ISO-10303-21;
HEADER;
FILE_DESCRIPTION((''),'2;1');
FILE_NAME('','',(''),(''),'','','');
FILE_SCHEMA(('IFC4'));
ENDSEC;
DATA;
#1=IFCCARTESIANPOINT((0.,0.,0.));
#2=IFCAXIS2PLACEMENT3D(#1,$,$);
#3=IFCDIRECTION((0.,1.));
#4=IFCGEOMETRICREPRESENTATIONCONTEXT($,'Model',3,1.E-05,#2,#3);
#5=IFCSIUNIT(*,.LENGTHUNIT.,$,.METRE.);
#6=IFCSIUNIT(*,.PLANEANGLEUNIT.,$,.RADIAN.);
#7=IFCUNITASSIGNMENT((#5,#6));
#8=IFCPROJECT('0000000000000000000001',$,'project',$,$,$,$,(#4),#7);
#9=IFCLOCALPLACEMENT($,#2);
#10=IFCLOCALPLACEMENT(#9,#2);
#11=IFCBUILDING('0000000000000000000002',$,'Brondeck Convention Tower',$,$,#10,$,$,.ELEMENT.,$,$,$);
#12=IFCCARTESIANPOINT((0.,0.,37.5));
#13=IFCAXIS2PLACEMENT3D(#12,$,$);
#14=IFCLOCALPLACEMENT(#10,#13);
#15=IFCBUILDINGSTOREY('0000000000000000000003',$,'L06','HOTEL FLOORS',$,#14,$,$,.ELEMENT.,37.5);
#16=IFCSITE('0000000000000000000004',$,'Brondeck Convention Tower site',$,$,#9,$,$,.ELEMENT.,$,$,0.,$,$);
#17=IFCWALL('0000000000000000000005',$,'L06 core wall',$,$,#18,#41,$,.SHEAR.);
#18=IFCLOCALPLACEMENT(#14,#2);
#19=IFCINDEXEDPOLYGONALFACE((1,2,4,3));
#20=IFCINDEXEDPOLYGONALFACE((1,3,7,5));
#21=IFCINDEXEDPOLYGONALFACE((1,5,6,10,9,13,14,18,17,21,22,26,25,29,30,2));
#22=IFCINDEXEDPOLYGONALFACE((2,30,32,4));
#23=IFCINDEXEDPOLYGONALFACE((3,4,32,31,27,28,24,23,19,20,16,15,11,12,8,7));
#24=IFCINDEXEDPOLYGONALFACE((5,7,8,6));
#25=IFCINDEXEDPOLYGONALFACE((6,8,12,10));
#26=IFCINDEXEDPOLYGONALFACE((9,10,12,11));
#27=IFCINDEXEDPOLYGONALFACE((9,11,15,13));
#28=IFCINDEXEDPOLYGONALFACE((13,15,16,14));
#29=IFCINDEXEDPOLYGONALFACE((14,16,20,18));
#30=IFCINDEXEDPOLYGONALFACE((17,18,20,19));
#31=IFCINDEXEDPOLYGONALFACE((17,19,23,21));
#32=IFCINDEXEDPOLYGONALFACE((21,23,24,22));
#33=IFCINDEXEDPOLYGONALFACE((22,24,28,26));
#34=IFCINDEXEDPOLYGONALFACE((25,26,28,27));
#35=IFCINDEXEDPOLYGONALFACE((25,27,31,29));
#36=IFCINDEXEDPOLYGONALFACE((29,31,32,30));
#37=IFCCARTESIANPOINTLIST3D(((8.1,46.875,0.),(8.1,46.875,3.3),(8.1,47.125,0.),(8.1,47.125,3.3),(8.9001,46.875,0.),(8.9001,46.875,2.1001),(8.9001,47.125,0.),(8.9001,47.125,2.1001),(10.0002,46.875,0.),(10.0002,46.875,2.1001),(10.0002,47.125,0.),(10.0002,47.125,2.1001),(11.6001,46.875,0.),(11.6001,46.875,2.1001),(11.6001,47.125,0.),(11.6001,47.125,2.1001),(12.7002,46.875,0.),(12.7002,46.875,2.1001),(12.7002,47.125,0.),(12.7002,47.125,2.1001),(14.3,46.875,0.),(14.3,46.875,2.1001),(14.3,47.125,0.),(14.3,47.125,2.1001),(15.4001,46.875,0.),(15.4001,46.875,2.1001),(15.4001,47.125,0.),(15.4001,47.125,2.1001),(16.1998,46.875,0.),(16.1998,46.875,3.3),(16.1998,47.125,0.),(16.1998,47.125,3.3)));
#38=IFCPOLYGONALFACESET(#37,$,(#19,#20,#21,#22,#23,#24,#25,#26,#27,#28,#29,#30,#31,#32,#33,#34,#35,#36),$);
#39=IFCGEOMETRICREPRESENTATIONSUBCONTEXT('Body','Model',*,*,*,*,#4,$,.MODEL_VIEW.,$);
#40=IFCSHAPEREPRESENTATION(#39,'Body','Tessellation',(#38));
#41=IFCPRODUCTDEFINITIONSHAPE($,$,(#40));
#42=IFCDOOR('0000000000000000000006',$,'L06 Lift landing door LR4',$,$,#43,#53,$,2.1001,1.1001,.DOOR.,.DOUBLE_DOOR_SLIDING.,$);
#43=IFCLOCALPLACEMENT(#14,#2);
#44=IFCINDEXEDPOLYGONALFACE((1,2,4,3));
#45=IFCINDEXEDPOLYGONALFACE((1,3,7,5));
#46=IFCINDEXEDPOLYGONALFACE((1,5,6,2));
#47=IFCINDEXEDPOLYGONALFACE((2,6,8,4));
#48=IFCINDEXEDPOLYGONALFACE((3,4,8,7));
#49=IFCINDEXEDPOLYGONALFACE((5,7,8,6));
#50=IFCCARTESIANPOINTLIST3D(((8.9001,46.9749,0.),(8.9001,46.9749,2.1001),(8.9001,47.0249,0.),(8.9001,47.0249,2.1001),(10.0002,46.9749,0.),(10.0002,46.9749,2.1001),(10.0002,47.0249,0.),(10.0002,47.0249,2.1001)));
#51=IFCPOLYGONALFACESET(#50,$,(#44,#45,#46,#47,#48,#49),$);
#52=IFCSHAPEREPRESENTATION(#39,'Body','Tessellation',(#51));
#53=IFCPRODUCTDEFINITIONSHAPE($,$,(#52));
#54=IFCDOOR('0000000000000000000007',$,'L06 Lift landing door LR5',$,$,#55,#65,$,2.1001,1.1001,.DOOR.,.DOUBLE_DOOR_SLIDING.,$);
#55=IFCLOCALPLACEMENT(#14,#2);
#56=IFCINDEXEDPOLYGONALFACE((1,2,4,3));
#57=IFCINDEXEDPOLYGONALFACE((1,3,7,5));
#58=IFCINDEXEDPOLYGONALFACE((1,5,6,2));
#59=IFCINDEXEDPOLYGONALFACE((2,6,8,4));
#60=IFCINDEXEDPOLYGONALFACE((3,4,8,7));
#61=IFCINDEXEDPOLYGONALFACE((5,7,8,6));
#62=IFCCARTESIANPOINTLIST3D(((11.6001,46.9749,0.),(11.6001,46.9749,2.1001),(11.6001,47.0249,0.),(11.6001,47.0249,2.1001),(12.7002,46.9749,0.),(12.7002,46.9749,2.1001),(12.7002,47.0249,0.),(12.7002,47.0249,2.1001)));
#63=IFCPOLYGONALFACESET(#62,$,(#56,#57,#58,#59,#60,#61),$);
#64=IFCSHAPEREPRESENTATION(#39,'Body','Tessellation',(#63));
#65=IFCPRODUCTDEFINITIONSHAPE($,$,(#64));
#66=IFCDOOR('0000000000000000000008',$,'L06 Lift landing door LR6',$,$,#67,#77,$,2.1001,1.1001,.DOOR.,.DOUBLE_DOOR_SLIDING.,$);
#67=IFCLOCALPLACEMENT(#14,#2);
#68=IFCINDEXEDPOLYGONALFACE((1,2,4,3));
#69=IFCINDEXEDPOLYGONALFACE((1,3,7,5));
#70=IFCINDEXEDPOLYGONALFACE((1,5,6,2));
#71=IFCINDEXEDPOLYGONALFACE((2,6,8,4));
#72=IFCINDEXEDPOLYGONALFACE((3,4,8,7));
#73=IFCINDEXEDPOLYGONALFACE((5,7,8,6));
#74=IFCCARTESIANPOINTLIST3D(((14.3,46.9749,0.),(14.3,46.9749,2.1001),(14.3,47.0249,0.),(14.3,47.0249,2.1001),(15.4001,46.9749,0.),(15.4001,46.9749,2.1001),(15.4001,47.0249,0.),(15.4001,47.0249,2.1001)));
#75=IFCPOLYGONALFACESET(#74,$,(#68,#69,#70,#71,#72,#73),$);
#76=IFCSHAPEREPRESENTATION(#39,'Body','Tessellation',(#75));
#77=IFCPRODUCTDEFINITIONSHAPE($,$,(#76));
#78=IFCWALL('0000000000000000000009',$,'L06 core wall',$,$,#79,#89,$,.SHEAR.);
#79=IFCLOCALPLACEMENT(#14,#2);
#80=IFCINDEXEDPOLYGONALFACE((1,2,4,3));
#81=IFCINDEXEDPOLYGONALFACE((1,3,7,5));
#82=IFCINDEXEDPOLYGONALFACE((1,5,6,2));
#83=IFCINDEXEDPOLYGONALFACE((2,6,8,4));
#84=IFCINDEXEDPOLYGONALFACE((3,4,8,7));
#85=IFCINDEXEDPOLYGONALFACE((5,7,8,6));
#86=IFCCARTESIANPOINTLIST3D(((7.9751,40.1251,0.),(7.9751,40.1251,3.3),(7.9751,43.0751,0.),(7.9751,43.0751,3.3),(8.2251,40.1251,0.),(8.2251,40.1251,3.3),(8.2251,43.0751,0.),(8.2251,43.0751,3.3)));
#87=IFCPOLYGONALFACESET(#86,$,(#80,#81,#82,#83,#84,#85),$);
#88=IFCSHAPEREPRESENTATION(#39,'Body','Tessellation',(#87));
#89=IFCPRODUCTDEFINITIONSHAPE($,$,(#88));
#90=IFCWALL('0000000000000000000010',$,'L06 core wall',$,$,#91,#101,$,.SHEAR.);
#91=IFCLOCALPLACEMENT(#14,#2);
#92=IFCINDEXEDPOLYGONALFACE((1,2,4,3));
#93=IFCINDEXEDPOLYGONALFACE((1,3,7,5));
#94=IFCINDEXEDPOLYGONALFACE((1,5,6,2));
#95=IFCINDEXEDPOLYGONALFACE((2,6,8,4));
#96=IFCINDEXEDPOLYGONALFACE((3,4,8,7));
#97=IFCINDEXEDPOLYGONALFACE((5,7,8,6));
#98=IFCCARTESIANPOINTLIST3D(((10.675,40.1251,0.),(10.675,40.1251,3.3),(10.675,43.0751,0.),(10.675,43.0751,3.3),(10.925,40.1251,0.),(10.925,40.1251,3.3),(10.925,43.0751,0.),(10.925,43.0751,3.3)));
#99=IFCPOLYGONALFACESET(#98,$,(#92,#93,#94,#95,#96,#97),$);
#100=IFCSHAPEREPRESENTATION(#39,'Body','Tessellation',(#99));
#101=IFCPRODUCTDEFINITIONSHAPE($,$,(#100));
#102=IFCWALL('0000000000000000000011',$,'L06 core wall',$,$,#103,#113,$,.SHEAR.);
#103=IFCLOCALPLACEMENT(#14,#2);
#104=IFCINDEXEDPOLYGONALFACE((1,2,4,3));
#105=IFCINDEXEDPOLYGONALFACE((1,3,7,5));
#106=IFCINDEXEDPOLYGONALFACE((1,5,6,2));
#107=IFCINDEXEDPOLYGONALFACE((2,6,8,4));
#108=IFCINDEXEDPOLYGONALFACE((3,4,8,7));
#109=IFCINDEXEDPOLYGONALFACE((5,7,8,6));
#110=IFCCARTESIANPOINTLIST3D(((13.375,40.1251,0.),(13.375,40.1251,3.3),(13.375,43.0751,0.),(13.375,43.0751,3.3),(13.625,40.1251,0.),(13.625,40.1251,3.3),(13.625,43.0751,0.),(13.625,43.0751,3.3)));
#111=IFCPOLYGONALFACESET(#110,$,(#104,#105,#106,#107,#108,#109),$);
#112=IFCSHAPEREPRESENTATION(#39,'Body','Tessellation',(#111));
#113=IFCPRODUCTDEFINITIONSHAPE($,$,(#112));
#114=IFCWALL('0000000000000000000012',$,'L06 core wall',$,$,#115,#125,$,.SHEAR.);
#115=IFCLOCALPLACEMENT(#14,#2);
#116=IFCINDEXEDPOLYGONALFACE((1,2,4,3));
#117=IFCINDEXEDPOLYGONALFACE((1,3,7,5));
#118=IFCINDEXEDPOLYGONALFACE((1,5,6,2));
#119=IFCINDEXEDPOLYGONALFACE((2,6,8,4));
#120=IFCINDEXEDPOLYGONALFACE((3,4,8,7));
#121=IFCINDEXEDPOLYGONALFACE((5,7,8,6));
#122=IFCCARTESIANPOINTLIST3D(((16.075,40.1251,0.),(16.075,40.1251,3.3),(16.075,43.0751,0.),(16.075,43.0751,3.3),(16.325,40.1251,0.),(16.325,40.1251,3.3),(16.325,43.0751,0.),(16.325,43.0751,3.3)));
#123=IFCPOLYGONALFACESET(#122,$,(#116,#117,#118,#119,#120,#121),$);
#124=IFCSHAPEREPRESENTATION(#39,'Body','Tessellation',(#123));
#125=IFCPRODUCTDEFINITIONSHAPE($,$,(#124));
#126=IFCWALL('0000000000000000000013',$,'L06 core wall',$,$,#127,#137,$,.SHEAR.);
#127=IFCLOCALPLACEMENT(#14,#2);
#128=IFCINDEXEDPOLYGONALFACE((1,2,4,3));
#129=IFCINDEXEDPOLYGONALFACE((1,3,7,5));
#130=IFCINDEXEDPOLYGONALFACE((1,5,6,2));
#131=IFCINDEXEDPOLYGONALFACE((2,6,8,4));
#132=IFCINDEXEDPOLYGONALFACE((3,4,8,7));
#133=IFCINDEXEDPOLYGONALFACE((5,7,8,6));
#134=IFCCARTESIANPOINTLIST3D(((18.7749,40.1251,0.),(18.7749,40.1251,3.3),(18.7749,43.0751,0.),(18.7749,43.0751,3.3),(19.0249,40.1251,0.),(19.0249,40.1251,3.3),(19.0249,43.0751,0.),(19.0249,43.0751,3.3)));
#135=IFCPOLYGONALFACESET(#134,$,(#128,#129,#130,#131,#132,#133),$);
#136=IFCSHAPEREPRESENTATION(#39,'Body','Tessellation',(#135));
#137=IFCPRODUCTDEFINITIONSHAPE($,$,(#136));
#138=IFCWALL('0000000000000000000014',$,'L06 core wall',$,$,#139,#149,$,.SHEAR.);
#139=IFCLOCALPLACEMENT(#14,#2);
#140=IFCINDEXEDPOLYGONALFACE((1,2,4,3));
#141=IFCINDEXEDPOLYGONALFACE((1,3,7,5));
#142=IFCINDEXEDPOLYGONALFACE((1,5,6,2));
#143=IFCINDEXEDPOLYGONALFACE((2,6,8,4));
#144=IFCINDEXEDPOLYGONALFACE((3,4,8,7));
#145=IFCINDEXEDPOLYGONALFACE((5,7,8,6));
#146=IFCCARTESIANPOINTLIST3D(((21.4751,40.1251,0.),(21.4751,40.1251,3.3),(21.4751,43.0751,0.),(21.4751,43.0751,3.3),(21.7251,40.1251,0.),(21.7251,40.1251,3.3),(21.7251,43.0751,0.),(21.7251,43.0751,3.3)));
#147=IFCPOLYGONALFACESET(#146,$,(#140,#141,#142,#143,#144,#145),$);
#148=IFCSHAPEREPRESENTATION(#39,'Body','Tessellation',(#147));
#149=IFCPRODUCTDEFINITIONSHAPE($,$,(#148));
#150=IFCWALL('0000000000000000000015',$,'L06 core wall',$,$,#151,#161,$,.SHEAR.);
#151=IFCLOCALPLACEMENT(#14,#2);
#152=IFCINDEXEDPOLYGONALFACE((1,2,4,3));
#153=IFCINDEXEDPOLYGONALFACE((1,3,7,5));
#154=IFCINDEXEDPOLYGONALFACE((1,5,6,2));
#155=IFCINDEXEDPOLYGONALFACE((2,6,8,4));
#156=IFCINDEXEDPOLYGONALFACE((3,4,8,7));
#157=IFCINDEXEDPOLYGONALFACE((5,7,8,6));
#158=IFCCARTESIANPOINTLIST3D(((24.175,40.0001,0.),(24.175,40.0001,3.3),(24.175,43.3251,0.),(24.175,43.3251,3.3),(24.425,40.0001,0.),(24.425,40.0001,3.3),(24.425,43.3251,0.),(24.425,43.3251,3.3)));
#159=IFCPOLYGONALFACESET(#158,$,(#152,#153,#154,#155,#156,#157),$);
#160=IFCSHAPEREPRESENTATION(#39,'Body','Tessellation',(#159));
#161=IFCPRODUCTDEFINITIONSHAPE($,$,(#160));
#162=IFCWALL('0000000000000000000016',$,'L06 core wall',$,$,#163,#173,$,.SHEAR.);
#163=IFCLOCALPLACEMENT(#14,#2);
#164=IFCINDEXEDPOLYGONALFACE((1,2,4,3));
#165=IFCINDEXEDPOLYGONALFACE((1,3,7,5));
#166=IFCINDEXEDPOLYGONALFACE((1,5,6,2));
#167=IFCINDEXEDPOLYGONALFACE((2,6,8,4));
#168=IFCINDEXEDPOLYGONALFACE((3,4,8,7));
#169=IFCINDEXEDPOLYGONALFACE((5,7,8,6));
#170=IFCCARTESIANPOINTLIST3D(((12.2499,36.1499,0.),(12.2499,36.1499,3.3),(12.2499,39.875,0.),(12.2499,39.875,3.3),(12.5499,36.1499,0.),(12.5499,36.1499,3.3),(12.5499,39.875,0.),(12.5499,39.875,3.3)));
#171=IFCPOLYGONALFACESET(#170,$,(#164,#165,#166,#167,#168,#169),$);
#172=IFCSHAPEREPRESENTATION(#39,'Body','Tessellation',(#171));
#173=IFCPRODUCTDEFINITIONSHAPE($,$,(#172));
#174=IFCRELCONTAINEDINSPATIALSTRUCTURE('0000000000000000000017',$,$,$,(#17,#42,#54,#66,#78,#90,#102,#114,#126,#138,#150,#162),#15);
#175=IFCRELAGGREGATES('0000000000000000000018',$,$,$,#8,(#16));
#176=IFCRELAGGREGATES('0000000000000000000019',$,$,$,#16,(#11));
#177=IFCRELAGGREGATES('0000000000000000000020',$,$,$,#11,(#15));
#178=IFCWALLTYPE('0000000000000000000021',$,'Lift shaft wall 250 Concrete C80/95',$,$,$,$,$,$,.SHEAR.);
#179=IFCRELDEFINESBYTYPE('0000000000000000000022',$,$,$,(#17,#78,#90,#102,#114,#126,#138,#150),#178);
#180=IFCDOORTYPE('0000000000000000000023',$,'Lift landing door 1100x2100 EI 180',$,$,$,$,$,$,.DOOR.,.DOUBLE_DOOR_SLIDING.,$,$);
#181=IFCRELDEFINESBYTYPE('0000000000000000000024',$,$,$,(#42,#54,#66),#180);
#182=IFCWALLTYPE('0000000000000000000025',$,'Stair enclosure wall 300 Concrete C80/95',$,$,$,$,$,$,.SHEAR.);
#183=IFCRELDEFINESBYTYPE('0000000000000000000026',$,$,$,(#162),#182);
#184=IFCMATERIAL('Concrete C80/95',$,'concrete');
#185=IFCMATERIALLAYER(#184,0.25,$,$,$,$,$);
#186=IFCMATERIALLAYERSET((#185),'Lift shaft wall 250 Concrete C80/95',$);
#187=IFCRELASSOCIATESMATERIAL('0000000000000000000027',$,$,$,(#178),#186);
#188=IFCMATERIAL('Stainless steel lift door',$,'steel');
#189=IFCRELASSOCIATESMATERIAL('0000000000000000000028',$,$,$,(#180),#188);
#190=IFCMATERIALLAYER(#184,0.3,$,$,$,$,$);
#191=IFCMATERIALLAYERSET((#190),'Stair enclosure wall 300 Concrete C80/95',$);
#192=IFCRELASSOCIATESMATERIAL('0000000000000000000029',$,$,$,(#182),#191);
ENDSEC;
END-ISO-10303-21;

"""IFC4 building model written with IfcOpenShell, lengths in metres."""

from ifc_helpers import new_model, si_unit, direction, frame, frame_2d, origin, place, context, subcontext, project, spatial, rectangle, extrude, material, layer, layer_set, type_object, element, fill, save


model = new_model("IFC4")

# Units and contexts
model_context = context("Model", 3, precision=1e-05, world=origin(), true_north=direction((0.0, 1.0)))
body_context = subcontext(model_context, "Body", "Model", "MODEL_VIEW")
ifc_project = project(units=[si_unit("LENGTHUNIT", "METRE"), si_unit("PLANEANGLEUNIT", "RADIAN")], contexts=[model_context])

# Site, building, storey
site_placement = place(None, origin())
site = spatial("IfcSite", under=ifc_project, at=site_placement, Name="Brondeck Convention Tower site", CompositionType="ELEMENT", RefElevation=0.0)
building_placement = place(site_placement, origin())
building = spatial("IfcBuilding", under=site, at=building_placement, Name="Brondeck Convention Tower", CompositionType="ELEMENT")
storey_placement = place(building_placement, frame((0.0, 0.0, 37.5)))
storey = spatial("IfcBuildingStorey", under=building, at=storey_placement, Name="L06", Description="HOTEL FLOORS", CompositionType="ELEMENT", Elevation=37.5)

# Shared definitions
ifc_material_1 = material(Name="Concrete C80/95", Category="concrete")
ifc_layer_1 = layer(ifc_material_1, 0.25)
ifc_layer_set_1 = layer_set([ifc_layer_1], Name="Lift shaft wall 250 Concrete C80/95")
wall_type_1 = type_object("IfcWallType", Name="Lift shaft wall 250 Concrete C80/95", PredefinedType="SHEAR", material=ifc_layer_set_1)

# Wall, openings, doors
ifc_material_2 = material(Name="Stainless steel lift door", Category="steel")
door_type = type_object("IfcDoorType", Name="Lift landing door 1100x2100 EI 180", OperationType="DOUBLE_DOOR_SLIDING", PredefinedType="DOOR", material=ifc_material_2)
wall_1_placement = place(storey_placement, frame((8.1001, 47.0, 0.0), z_axis=(0.0, 0.0, 1.0), x_axis=(1.0, 0.0, 0.0)))
wall_1 = element("IfcWall", 1, at=wall_1_placement, inside=storey, type_object=wall_type_1, Name="L06 core wall", PredefinedType="SHEAR", context=body_context, shape_type="SweptSolid", body=[
    extrude(rectangle(XDim=8.0999, YDim=0.25, at=frame_2d((4.0498, 0.0))), origin(), (0.0, 0.0, 1.0), 3.3),
])
opening_1_placement = place(wall_1_placement, frame((0.8, 0.0, 0.0)))
opening_1 = element("IfcOpeningElement", 2, at=opening_1_placement, cuts=wall_1, PredefinedType="OPENING", context=body_context, shape_type="SweptSolid", body=[
    extrude(rectangle(XDim=1.1001, YDim=2.1001, at=frame_2d((0.55, 1.05))), frame((0.0, 0.135, 0.0), z_axis=(0.0, -1.0, 0.0), x_axis=(1.0, 0.0, 0.0)), (0.0, 0.0, 1.0), 0.27),
])
opening_2_placement = place(wall_1_placement, frame((3.5, 0.0, 0.0)))
opening_2 = element("IfcOpeningElement", 3, at=opening_2_placement, cuts=wall_1, PredefinedType="OPENING", context=body_context, shape_type="SweptSolid", body=[
    extrude(rectangle(XDim=1.1001, YDim=2.1001, at=frame_2d((0.55, 1.05))), frame((0.0, 0.135, 0.0), z_axis=(0.0, -1.0, 0.0), x_axis=(1.0, 0.0, 0.0)), (0.0, 0.0, 1.0), 0.27),
])
opening_3_placement = place(wall_1_placement, frame((6.2, 0.0, 0.0)))
opening_3 = element("IfcOpeningElement", 4, at=opening_3_placement, cuts=wall_1, PredefinedType="OPENING", context=body_context, shape_type="SweptSolid", body=[
    extrude(rectangle(XDim=1.1001, YDim=2.1001, at=frame_2d((0.55, 1.05))), frame((0.0, 0.135, 0.0), z_axis=(0.0, -1.0, 0.0), x_axis=(1.0, 0.0, 0.0)), (0.0, 0.0, 1.0), 0.27),
])
door_1_placement = place(opening_1_placement, origin())
door_1 = element("IfcDoor", 5, at=door_1_placement, inside=storey, type_object=door_type, Name="L06 Lift landing door LR4", OperationType="DOUBLE_DOOR_SLIDING", OverallHeight=2.1001, OverallWidth=1.1001, PredefinedType="DOOR", context=body_context, shape_type="SweptSolid", body=[
    extrude(rectangle(XDim=1.1001, YDim=2.1001, at=frame_2d((0.55, 1.05))), frame((0.0, 0.0249, 0.0), z_axis=(0.0, -1.0, 0.0), x_axis=(1.0, 0.0, 0.0)), (0.0, 0.0, 1.0), 0.05),
])
fill(opening_1, door_1)
door_2_placement = place(opening_2_placement, origin())
door_2 = element("IfcDoor", 6, at=door_2_placement, inside=storey, type_object=door_type, Name="L06 Lift landing door LR5", OperationType="DOUBLE_DOOR_SLIDING", OverallHeight=2.1001, OverallWidth=1.1001, PredefinedType="DOOR", context=body_context, shape_type="SweptSolid", body=[
    extrude(rectangle(XDim=1.1001, YDim=2.1001, at=frame_2d((0.55, 1.05))), frame((0.0, 0.0249, 0.0), z_axis=(0.0, -1.0, 0.0), x_axis=(1.0, 0.0, 0.0)), (0.0, 0.0, 1.0), 0.05),
])
fill(opening_2, door_2)
door_3_placement = place(opening_3_placement, origin())
door_3 = element("IfcDoor", 7, at=door_3_placement, inside=storey, type_object=door_type, Name="L06 Lift landing door LR6", OperationType="DOUBLE_DOOR_SLIDING", OverallHeight=2.1001, OverallWidth=1.1001, PredefinedType="DOOR", context=body_context, shape_type="SweptSolid", body=[
    extrude(rectangle(XDim=1.1001, YDim=2.1001, at=frame_2d((0.55, 1.05))), frame((0.0, 0.0249, 0.0), z_axis=(0.0, -1.0, 0.0), x_axis=(1.0, 0.0, 0.0)), (0.0, 0.0, 1.0), 0.05),
])
fill(opening_3, door_3)

# Walls
for number, where, z_axis, x_axis, name in (
    (8, (8.1001, 40.125, 0.0), (0.0, 0.0, 1.0), (0.0, 1.0, 0.0), "L06 core wall"),
    (9, (10.8, 40.125, 0.0), (0.0, 0.0, 1.0), (0.0, 1.0, 0.0), "L06 core wall"),
    (10, (13.5, 40.125, 0.0), (0.0, 0.0, 1.0), (0.0, 1.0, 0.0), "L06 core wall"),
    (11, (16.2, 40.125, 0.0), (0.0, 0.0, 1.0), (0.0, 1.0, 0.0), "L06 core wall"),
    (12, (18.8999, 40.125, 0.0), (0.0, 0.0, 1.0), (0.0, 1.0, 0.0), "L06 core wall"),
    (13, (21.6001, 40.125, 0.0), (0.0, 0.0, 1.0), (0.0, 1.0, 0.0), "L06 core wall"),
):
    element("IfcWall", number, at=place(storey_placement, frame(where, z_axis=z_axis, x_axis=x_axis)), inside=storey, type_object=wall_type_1, Name=name, PredefinedType="SHEAR", context=body_context, shape_type="SweptSolid", body=[
        extrude(rectangle(XDim=2.95, YDim=0.25, at=frame_2d((1.4751, 0.0))), origin(), (0.0, 0.0, 1.0), 3.3),
    ])
wall_2_placement = place(storey_placement, frame((24.3, 40.0, 0.0), z_axis=(0.0, 0.0, 1.0), x_axis=(0.0, 1.0, 0.0)))
element("IfcWall", 14, at=wall_2_placement, inside=storey, type_object=wall_type_1, Name="L06 core wall", PredefinedType="SHEAR", context=body_context, shape_type="SweptSolid", body=[
    extrude(rectangle(XDim=3.325, YDim=0.25, at=frame_2d((1.6626, 0.0))), origin(), (0.0, 0.0, 1.0), 3.3),
])
ifc_layer_2 = layer(ifc_material_1, 0.3)
ifc_layer_set_2 = layer_set([ifc_layer_2], Name="Stair enclosure wall 300 Concrete C80/95")
wall_type_2 = type_object("IfcWallType", Name="Stair enclosure wall 300 Concrete C80/95", PredefinedType="SHEAR", material=ifc_layer_set_2)
wall_3_placement = place(storey_placement, frame((12.3999, 36.1499, 0.0), z_axis=(0.0, 0.0, 1.0), x_axis=(0.0, 1.0, 0.0)))
element("IfcWall", 15, at=wall_3_placement, inside=storey, type_object=wall_type_2, Name="L06 core wall", PredefinedType="SHEAR", context=body_context, shape_type="SweptSolid", body=[
    extrude(rectangle(XDim=3.7251, YDim=0.3, at=frame_2d((1.8625, 0.0))), origin(), (0.0, 0.0, 1.0), 3.3),
])

save(model, "model.ifc")
